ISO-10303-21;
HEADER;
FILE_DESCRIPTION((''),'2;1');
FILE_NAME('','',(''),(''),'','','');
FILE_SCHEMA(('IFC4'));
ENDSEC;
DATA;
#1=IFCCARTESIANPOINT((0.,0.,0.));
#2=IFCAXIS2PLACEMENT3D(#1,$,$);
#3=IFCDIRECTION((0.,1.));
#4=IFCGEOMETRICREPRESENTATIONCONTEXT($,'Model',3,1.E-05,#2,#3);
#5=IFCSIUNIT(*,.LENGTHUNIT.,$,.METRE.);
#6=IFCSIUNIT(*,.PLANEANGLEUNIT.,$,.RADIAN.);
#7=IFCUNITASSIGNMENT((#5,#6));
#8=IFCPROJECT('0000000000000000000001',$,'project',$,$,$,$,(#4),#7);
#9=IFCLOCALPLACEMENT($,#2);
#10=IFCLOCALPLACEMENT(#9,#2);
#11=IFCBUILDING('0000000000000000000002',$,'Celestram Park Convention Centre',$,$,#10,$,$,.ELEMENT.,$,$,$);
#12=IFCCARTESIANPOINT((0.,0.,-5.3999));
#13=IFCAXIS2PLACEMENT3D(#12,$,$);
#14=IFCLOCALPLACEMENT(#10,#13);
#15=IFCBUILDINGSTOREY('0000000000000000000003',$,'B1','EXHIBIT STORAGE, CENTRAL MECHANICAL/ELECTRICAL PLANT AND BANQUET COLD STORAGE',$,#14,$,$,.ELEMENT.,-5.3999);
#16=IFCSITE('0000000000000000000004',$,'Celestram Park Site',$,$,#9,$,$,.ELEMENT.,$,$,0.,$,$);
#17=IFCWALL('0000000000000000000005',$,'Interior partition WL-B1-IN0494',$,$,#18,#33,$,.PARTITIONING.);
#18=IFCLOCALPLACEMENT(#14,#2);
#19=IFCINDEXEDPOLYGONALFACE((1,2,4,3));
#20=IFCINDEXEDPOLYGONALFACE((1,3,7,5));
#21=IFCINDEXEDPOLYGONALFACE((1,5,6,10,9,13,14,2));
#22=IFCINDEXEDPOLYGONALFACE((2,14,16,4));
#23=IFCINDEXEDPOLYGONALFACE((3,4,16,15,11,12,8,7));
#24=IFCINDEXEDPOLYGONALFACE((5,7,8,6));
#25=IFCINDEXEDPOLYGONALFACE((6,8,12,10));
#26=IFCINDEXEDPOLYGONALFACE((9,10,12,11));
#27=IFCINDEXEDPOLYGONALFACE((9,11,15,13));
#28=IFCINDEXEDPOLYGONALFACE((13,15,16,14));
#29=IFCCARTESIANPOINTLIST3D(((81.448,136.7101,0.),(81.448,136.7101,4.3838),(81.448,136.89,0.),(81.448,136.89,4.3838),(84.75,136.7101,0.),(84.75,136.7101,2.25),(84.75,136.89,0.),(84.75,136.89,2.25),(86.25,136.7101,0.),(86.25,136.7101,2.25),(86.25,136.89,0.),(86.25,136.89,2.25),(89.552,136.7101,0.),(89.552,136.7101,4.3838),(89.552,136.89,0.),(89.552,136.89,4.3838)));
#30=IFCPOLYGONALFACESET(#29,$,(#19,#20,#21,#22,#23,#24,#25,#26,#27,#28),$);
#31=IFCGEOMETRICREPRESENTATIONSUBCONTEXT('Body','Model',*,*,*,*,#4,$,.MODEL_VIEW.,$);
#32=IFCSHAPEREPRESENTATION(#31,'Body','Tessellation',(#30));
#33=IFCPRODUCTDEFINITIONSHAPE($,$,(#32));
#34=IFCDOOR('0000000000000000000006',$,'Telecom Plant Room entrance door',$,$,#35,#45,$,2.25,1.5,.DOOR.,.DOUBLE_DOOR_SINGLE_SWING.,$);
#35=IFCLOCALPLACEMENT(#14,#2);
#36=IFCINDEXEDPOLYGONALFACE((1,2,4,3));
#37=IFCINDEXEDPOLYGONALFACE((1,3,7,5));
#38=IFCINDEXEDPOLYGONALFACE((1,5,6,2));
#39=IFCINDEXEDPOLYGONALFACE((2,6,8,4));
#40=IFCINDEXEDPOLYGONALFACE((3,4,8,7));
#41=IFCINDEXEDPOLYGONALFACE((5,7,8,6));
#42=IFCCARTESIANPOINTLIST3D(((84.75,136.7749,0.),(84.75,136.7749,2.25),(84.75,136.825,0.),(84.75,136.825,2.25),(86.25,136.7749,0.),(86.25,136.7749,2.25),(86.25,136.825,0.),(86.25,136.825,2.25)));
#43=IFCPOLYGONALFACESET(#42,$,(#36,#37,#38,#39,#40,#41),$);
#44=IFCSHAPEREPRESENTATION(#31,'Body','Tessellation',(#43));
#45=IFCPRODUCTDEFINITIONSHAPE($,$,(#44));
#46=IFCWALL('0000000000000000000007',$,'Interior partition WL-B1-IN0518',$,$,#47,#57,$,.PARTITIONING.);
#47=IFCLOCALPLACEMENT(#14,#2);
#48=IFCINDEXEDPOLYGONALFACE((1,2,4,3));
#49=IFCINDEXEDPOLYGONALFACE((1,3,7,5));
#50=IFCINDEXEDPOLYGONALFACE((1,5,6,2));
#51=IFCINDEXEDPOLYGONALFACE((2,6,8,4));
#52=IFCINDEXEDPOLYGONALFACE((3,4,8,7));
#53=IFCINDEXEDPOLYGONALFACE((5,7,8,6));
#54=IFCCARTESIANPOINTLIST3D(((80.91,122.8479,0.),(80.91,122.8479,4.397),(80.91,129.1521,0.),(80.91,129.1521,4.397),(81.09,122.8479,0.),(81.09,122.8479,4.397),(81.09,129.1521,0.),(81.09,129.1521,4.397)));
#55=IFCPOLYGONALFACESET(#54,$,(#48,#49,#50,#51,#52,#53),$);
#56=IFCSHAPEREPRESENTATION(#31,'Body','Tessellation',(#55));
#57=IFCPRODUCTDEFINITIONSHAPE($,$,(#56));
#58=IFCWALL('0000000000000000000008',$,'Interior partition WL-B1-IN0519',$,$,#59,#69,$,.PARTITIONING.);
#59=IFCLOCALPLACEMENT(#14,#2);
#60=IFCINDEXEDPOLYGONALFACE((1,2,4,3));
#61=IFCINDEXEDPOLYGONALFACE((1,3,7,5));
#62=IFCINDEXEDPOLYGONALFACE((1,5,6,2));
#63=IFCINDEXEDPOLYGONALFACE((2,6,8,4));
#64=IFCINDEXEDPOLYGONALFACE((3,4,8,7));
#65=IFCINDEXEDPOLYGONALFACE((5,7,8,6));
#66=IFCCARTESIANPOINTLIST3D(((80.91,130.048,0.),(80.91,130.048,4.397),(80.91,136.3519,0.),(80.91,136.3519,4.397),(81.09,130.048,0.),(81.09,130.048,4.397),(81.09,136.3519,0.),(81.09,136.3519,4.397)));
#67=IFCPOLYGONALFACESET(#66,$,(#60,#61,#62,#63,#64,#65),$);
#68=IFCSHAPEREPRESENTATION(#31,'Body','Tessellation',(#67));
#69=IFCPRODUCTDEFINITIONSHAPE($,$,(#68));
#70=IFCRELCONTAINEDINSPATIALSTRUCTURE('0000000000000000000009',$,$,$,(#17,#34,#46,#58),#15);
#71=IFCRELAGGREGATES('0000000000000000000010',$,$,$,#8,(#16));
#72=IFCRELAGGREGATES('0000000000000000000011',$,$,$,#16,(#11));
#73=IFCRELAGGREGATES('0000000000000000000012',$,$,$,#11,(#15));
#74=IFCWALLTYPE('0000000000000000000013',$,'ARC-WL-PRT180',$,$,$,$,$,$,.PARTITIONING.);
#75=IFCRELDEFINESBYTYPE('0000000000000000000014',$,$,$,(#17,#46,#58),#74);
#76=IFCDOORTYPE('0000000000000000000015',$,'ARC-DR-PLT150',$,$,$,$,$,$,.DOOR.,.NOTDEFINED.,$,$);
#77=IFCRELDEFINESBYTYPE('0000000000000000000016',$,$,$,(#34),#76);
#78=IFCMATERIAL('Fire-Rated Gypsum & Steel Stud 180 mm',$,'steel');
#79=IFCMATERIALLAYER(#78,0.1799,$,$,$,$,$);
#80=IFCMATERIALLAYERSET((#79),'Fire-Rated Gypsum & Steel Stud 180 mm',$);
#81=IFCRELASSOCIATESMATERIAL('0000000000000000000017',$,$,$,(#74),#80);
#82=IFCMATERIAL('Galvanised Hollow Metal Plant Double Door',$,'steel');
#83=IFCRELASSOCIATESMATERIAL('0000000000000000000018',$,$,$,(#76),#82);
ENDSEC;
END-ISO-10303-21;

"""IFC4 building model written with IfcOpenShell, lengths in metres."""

from ifc_helpers import new_model, si_unit, direction, frame, frame_2d, origin, place, context, subcontext, project, spatial, rectangle, extrude, material, layer, layer_set, type_object, element, fill, save


model = new_model("IFC4")

# Units and contexts
model_context = context("Model", 3, precision=1e-05, world=origin(), true_north=direction((0.0, 1.0)))
body_context = subcontext(model_context, "Body", "Model", "MODEL_VIEW")
ifc_project = project(units=[si_unit("LENGTHUNIT", "METRE"), si_unit("PLANEANGLEUNIT", "RADIAN")], contexts=[model_context])

# Site, building, storey
site_placement = place(None, origin())
site = spatial("IfcSite", under=ifc_project, at=site_placement, Name="Celestram Park Site", CompositionType="ELEMENT", RefElevation=0.0)
building_placement = place(site_placement, origin())
building = spatial("IfcBuilding", under=site, at=building_placement, Name="Celestram Park Convention Centre", CompositionType="ELEMENT")
storey_placement = place(building_placement, frame((0.0, 0.0, -5.3999)))
storey = spatial("IfcBuildingStorey", under=building, at=storey_placement, Name="B1", Description="EXHIBIT STORAGE, CENTRAL MECHANICAL/ELECTRICAL PLANT AND BANQUET COLD STORAGE", CompositionType="ELEMENT", Elevation=-5.3999)

# Wall, opening, door
ifc_material_1 = material(Name="Fire-Rated Gypsum & Steel Stud 180 mm", Category="steel")
ifc_layer = layer(ifc_material_1, 0.1799)
ifc_layer_set = layer_set([ifc_layer], Name="Fire-Rated Gypsum & Steel Stud 180 mm")
wall_type = type_object("IfcWallType", Name="ARC-WL-PRT180", PredefinedType="PARTITIONING", material=ifc_layer_set)
wall_1_placement = place(storey_placement, frame((81.448, 136.8, 0.0), z_axis=(0.0, 0.0, 1.0), x_axis=(1.0, 0.0, 0.0)))
wall_1 = element("IfcWall", 1, at=wall_1_placement, inside=storey, type_object=wall_type, Name="Interior partition WL-B1-IN0494", PredefinedType="PARTITIONING", context=body_context, shape_type="SweptSolid", body=[
    extrude(rectangle(XDim=8.104, YDim=0.1799, at=frame_2d((4.052, 0.0))), origin(), (0.0, 0.0, 1.0), 4.3838),
])
opening_placement = place(wall_1_placement, frame((3.302, 0.0, 0.0)))
opening = element("IfcOpeningElement", 2, at=opening_placement, cuts=wall_1, PredefinedType="OPENING", context=body_context, shape_type="SweptSolid", body=[
    extrude(rectangle(XDim=1.5, YDim=2.25, at=frame_2d((0.75, 1.125))), frame((0.0, 0.0999, 0.0), z_axis=(0.0, -1.0, 0.0), x_axis=(1.0, 0.0, 0.0)), (0.0, 0.0, 1.0), 0.2),
])
ifc_material_2 = material(Name="Galvanised Hollow Metal Plant Double Door", Category="steel")
door_type = type_object("IfcDoorType", Name="ARC-DR-PLT150", OperationType="NOTDEFINED", PredefinedType="DOOR", material=ifc_material_2)
door_placement = place(opening_placement, origin())
door = element("IfcDoor", 3, at=door_placement, inside=storey, type_object=door_type, Name="Telecom Plant Room entrance door", OperationType="DOUBLE_DOOR_SINGLE_SWING", OverallHeight=2.25, OverallWidth=1.5, PredefinedType="DOOR", context=body_context, shape_type="SweptSolid", body=[
    extrude(rectangle(XDim=1.5, YDim=2.25, at=frame_2d((0.75, 1.125))), frame((0.0, 0.0249, 0.0), z_axis=(0.0, -1.0, 0.0), x_axis=(1.0, 0.0, 0.0)), (0.0, 0.0, 1.0), 0.05),
])
fill(opening, door)

# Walls
wall_2_placement = place(storey_placement, frame((81.0, 122.8479, 0.0), z_axis=(0.0, 0.0, 1.0), x_axis=(0.0, 1.0, 0.0)))
element("IfcWall", 4, at=wall_2_placement, inside=storey, type_object=wall_type, Name="Interior partition WL-B1-IN0518", PredefinedType="PARTITIONING", context=body_context, shape_type="SweptSolid", body=[
    extrude(rectangle(XDim=6.3042, YDim=0.1799, at=frame_2d((3.1521, 0.0))), origin(), (0.0, 0.0, 1.0), 4.397),
])
wall_3_placement = place(storey_placement, frame((81.0, 130.0481, 0.0), z_axis=(0.0, 0.0, 1.0), x_axis=(0.0, 1.0, 0.0)))
element("IfcWall", 5, at=wall_3_placement, inside=storey, type_object=wall_type, Name="Interior partition WL-B1-IN0519", PredefinedType="PARTITIONING", context=body_context, shape_type="SweptSolid", body=[
    extrude(rectangle(XDim=6.304, YDim=0.1799, at=frame_2d((3.1519, 0.0))), origin(), (0.0, 0.0, 1.0), 4.397),
])

save(model, "model.ifc")
